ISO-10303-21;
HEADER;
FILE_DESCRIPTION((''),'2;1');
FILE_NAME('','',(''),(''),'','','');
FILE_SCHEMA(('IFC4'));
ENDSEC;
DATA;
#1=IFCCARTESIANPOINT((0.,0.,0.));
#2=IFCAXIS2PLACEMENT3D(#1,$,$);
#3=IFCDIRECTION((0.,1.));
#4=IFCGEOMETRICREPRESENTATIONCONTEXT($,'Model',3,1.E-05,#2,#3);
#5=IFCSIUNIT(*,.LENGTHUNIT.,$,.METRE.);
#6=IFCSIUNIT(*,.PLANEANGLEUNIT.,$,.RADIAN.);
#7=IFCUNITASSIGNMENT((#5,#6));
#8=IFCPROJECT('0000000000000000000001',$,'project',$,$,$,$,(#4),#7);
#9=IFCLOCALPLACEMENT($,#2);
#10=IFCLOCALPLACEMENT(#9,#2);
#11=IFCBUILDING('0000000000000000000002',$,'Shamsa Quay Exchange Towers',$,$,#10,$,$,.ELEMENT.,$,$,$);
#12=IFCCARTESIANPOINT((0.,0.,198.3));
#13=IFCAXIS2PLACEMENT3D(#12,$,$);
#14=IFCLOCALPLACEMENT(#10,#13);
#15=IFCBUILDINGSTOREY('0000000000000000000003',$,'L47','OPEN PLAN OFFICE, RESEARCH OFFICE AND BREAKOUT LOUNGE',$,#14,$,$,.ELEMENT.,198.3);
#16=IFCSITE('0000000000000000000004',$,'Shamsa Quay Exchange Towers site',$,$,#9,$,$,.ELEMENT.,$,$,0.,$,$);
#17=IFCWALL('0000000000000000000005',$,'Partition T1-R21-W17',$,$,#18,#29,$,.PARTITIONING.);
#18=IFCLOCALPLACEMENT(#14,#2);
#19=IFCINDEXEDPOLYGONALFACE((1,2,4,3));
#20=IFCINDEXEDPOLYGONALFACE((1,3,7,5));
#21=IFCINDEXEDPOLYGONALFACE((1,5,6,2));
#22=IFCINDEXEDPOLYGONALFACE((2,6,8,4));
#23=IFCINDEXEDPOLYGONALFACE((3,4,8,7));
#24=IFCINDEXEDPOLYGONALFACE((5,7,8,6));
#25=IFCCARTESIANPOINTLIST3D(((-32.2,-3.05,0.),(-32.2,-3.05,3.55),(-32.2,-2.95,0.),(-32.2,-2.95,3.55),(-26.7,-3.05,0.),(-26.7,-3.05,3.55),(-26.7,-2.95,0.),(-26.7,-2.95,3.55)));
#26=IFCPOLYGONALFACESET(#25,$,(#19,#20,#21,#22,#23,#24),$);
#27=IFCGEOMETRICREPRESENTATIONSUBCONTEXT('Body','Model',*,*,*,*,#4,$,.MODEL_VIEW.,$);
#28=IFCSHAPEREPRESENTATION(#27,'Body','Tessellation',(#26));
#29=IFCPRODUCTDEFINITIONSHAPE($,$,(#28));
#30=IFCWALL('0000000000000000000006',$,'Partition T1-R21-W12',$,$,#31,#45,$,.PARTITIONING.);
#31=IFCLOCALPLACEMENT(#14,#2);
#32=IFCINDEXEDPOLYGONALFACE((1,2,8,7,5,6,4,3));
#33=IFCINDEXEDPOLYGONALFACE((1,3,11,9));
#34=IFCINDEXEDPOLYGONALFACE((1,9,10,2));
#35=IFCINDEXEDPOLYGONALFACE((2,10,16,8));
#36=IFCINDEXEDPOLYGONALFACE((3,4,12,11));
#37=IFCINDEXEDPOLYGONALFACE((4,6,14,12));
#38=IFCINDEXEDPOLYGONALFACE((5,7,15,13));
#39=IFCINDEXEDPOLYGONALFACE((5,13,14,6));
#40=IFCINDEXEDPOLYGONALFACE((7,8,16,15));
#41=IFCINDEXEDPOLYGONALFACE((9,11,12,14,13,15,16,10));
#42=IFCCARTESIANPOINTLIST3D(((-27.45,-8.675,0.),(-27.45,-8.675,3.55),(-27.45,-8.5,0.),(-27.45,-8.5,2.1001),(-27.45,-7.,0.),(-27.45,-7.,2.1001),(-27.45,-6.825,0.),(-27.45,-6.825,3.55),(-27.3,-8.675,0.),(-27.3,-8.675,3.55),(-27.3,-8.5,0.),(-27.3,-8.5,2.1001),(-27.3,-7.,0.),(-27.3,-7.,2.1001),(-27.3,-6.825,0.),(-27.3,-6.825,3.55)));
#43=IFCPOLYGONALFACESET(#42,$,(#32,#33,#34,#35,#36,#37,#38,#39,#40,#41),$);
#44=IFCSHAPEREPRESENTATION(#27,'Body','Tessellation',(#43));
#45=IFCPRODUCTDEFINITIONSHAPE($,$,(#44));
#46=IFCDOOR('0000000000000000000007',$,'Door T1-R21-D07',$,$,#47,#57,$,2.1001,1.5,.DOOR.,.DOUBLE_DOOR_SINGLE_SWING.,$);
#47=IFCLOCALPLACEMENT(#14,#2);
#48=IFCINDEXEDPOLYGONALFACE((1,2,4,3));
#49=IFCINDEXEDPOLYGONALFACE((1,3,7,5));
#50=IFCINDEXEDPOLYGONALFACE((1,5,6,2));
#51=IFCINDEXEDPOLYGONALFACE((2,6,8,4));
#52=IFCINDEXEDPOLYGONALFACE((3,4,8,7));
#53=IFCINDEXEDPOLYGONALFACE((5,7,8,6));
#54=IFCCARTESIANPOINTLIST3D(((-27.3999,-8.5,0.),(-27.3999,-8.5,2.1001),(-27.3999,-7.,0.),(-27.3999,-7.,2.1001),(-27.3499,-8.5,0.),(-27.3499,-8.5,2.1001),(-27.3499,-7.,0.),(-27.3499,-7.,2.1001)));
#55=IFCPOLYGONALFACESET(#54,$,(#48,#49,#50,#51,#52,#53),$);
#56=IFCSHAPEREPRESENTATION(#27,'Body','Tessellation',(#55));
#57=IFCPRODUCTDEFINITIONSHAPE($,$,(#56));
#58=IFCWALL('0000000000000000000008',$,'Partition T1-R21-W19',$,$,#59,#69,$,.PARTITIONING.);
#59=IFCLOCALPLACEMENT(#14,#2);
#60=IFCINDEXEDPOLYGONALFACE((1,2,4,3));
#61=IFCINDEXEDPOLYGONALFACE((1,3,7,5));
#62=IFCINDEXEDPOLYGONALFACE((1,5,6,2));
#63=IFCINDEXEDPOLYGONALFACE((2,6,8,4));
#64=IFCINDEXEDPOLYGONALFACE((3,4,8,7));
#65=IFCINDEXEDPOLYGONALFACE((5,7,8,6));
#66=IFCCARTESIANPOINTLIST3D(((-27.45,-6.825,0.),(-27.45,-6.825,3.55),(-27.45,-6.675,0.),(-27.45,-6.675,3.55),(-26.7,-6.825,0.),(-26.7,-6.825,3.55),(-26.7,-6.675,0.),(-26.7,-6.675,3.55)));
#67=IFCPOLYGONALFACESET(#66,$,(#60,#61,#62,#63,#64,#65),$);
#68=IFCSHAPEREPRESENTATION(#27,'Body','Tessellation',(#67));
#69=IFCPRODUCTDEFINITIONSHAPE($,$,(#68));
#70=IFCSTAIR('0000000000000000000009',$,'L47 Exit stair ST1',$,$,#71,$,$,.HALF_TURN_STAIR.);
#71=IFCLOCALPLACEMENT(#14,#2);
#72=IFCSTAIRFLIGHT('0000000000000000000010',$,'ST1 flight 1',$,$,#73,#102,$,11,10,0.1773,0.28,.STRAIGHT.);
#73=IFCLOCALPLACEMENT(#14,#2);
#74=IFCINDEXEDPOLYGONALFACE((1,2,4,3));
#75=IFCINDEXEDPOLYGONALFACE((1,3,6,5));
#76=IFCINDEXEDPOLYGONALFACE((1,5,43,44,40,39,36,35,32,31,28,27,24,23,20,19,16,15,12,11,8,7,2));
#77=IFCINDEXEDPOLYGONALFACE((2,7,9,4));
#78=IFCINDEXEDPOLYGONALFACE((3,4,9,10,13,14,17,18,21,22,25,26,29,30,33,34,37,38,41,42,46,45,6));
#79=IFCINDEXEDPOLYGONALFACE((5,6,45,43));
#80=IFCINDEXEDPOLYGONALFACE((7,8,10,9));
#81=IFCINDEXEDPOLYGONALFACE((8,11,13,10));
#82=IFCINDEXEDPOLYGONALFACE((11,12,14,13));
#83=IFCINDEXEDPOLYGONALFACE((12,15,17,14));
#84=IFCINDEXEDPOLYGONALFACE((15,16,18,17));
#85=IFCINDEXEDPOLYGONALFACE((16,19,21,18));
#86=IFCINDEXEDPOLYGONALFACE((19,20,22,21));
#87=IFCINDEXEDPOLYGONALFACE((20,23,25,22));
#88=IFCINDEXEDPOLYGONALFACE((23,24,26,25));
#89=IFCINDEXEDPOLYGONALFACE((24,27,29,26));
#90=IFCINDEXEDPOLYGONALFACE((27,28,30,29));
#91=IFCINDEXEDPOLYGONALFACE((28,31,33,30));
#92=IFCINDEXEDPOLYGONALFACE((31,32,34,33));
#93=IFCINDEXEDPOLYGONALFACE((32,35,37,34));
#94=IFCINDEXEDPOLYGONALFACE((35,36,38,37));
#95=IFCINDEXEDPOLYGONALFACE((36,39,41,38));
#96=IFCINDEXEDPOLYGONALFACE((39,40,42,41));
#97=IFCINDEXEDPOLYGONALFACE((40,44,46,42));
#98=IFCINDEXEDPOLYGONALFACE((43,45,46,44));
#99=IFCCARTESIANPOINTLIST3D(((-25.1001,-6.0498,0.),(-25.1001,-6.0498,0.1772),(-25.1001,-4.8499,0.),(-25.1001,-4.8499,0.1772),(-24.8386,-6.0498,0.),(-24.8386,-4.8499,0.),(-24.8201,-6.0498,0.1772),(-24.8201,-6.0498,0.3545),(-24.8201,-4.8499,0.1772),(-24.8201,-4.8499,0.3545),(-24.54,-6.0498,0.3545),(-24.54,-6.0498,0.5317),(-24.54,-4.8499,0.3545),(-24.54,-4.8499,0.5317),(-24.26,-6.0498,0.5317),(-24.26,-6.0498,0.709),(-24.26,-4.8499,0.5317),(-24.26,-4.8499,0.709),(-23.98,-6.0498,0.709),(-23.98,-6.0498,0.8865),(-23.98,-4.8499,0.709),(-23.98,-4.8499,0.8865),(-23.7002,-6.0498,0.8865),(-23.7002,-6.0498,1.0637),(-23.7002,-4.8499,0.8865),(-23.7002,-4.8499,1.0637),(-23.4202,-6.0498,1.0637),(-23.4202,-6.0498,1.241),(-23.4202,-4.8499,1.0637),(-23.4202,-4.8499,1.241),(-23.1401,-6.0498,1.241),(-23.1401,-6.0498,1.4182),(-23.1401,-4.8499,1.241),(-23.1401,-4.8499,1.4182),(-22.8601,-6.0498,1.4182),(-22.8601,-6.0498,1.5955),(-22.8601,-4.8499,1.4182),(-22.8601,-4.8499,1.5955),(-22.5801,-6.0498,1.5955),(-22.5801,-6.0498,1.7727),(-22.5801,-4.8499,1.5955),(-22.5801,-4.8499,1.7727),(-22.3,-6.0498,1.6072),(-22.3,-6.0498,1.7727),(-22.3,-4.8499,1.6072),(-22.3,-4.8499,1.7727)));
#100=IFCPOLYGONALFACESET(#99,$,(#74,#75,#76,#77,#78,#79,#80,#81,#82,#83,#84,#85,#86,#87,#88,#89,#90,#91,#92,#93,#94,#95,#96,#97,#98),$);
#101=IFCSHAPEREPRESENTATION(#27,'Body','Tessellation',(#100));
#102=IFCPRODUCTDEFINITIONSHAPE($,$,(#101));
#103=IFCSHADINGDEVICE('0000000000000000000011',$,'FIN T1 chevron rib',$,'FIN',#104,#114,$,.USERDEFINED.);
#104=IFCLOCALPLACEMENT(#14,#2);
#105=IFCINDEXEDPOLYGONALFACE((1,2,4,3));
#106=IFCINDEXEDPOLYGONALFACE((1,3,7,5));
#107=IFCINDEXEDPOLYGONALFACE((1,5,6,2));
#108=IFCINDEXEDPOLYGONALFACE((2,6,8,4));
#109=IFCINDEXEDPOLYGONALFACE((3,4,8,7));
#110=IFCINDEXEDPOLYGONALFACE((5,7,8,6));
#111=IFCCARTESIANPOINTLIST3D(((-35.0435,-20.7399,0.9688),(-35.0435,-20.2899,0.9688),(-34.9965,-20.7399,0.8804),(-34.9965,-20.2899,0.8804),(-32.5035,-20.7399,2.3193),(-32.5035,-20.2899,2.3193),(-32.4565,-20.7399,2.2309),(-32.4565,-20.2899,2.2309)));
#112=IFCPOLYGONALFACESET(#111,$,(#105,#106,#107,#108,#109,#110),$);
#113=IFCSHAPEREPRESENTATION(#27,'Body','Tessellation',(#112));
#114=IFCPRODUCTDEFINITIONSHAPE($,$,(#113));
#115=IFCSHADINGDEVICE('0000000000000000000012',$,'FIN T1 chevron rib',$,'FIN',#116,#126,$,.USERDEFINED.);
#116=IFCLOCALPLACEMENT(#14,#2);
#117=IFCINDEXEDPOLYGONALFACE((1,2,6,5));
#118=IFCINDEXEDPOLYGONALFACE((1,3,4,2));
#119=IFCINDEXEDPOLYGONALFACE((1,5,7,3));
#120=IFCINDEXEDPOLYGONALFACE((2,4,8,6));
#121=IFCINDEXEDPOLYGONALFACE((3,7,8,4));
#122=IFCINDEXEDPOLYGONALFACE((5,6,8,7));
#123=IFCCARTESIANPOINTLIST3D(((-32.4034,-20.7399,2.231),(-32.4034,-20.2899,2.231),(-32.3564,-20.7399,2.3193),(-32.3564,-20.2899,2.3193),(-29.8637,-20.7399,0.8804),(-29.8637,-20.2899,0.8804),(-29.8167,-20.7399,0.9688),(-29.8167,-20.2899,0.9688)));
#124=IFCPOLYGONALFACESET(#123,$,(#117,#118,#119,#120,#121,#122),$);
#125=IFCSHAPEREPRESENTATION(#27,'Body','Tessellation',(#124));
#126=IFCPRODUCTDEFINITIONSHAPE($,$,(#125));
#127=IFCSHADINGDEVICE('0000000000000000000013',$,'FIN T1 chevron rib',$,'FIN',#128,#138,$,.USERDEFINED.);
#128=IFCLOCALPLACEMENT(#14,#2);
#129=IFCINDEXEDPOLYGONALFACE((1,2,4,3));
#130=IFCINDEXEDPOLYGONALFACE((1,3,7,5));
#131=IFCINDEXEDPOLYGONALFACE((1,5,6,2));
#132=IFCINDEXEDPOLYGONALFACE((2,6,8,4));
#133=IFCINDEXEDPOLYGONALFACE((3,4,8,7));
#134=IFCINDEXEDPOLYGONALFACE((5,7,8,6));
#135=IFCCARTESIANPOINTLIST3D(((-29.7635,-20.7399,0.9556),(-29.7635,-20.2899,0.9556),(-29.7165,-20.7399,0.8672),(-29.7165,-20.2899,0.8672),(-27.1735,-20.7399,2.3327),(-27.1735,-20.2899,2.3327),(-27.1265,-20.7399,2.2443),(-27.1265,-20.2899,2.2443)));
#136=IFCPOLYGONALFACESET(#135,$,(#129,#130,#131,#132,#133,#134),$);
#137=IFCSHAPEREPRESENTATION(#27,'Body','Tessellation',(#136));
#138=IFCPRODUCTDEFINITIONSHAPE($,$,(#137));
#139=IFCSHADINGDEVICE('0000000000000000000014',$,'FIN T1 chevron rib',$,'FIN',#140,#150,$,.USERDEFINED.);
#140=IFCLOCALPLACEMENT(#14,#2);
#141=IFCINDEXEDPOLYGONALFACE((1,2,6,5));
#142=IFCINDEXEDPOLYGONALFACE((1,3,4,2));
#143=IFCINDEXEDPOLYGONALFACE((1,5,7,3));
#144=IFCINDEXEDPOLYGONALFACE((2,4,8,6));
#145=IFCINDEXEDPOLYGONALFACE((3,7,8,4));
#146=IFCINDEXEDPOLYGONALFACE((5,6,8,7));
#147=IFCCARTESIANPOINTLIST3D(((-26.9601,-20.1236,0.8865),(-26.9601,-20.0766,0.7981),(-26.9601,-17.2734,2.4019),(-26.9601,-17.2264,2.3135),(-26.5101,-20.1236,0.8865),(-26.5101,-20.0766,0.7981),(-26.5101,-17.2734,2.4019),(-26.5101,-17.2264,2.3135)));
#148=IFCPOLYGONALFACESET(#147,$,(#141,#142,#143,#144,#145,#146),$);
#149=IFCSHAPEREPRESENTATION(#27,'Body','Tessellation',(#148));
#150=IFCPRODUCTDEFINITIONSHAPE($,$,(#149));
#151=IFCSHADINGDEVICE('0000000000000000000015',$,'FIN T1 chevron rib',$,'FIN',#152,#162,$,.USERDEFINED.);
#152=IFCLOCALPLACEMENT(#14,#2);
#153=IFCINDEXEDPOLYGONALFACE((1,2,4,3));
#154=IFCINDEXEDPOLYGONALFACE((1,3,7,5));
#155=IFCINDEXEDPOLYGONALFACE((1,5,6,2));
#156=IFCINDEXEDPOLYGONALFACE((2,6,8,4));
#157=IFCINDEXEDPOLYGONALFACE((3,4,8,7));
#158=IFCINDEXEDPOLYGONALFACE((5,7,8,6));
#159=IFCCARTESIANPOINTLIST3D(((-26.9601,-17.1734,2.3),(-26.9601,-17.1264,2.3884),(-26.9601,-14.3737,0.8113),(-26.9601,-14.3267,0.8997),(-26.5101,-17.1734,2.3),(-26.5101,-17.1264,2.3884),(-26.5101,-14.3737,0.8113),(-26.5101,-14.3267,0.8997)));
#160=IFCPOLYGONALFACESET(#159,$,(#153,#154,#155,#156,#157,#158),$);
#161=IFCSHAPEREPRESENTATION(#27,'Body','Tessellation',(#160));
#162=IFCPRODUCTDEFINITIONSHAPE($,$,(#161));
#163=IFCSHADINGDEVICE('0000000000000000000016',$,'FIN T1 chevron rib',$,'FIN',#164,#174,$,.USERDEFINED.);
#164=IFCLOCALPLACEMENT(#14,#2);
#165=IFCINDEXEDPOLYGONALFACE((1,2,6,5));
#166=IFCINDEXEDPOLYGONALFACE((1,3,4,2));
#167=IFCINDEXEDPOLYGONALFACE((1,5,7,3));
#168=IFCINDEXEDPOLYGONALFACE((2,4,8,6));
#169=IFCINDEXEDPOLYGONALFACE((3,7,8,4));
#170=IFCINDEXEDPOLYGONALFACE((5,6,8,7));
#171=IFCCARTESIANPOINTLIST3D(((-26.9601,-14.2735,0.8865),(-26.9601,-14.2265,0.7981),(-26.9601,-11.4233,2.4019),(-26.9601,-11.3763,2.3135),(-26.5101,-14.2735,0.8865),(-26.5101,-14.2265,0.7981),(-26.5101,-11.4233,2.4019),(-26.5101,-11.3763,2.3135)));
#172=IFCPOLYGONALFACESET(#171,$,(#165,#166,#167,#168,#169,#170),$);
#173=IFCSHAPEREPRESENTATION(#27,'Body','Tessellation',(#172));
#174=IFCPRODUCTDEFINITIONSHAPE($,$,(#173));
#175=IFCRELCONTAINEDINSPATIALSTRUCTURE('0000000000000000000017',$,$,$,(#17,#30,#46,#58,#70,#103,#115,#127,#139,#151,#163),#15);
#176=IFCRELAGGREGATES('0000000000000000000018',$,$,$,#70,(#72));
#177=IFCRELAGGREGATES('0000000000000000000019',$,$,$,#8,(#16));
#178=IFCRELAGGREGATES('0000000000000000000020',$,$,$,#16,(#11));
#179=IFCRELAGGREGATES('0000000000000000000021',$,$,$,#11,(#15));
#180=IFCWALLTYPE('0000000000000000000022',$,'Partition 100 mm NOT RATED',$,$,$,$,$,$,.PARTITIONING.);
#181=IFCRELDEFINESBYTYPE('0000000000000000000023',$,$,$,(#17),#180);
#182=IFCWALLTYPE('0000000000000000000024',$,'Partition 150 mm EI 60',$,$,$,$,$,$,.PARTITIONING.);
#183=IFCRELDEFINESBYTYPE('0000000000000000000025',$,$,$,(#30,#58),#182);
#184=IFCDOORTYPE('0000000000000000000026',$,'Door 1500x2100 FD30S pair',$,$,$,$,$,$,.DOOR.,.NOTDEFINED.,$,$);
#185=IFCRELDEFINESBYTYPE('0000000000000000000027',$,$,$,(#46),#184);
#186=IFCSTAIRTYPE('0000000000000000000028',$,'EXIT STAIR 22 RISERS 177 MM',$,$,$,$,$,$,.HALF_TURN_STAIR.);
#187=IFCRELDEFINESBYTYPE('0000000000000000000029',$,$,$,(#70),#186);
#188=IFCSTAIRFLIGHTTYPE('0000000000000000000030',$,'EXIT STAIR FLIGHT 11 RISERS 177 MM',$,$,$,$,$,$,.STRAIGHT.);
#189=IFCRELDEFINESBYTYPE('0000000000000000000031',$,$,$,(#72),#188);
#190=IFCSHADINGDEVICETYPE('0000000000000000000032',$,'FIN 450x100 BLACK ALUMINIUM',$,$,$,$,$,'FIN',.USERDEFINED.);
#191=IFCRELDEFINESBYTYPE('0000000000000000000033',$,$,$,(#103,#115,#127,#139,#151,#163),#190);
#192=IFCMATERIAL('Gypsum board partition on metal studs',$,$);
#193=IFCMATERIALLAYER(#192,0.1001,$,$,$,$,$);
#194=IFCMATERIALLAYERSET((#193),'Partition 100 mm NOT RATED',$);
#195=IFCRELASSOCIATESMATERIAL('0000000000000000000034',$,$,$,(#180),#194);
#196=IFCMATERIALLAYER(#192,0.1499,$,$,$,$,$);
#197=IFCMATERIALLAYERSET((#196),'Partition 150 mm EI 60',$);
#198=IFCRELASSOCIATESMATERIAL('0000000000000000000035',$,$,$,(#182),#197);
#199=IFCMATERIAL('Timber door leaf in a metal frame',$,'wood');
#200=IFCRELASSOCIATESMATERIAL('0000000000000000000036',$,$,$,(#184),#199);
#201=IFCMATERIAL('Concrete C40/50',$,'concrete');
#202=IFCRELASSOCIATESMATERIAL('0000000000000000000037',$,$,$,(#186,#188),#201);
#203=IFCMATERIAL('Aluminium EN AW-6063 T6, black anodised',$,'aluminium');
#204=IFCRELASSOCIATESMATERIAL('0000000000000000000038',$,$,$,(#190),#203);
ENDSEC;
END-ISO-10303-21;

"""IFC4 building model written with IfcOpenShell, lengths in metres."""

from ifc_helpers import new_model, si_unit, direction, frame, frame_2d, origin, origin_2d, place, context, subcontext, project, spatial, polyline, rectangle, outline, extrude, material, layer, layer_set, material_profile, profile_set, type_object, element, fill, aggregate, save


model = new_model("IFC4")

# Units and contexts
model_context = context("Model", 3, precision=1e-05, world=origin(), true_north=direction((0.0, 1.0)))
body_context = subcontext(model_context, "Body", "Model", "MODEL_VIEW")
ifc_project = project(units=[si_unit("LENGTHUNIT", "METRE"), si_unit("PLANEANGLEUNIT", "RADIAN")], contexts=[model_context])

# Site, building, storey
site_placement = place(None, origin())
site = spatial("IfcSite", under=ifc_project, at=site_placement, Name="Shamsa Quay Exchange Towers site", CompositionType="ELEMENT", RefElevation=0.0)
building_placement = place(site_placement, origin())
building = spatial("IfcBuilding", under=site, at=building_placement, Name="Shamsa Quay Exchange Towers", CompositionType="ELEMENT")
storey_placement = place(building_placement, frame((0.0, 0.0, 198.3)))
storey = spatial("IfcBuildingStorey", under=building, at=storey_placement, Name="L47", Description="OPEN PLAN OFFICE, RESEARCH OFFICE AND BREAKOUT LOUNGE", CompositionType="ELEMENT", Elevation=198.3)

# Shared definitions
ifc_material_1 = material(Name="Aluminium EN AW-6063 T6, black anodised", Category="aluminium")

# Shared definitions
ifc_material_2 = material(Name="Gypsum board partition on metal studs")
ifc_layer_1 = layer(ifc_material_2, 0.1001)
ifc_layer_set_1 = layer_set([ifc_layer_1], Name="Partition 100 mm NOT RATED")
wall_type_1 = type_object("IfcWallType", Name="Partition 100 mm NOT RATED", PredefinedType="PARTITIONING", material=ifc_layer_set_1)
ifc_material_3 = material(Name="Timber door leaf in a metal frame", Category="wood")

# Wall
wall_1_placement = place(storey_placement, frame((-26.7, -3.0, 0.0), z_axis=(0.0, 0.0, 1.0), x_axis=(-1.0, 0.0, 0.0)))
element("IfcWall", 1, at=wall_1_placement, inside=storey, type_object=wall_type_1, Name="Partition T1-R21-W17", PredefinedType="PARTITIONING", context=body_context, shape_type="SweptSolid", body=[
    extrude(rectangle(XDim=5.5, YDim=0.1001, at=frame_2d((2.75, 0.0))), origin(), (0.0, 0.0, 1.0), 3.55),
])

# Wall, opening, door
ifc_layer_2 = layer(ifc_material_2, 0.1499)
ifc_layer_set_2 = layer_set([ifc_layer_2], Name="Partition 150 mm EI 60")
wall_type_2 = type_object("IfcWallType", Name="Partition 150 mm EI 60", PredefinedType="PARTITIONING", material=ifc_layer_set_2)
wall_2_placement = place(storey_placement, frame((-27.375, -8.675, 0.0), z_axis=(0.0, 0.0, 1.0), x_axis=(0.0, 1.0, 0.0)))
wall_2 = element("IfcWall", 2, at=wall_2_placement, inside=storey, type_object=wall_type_2, Name="Partition T1-R21-W12", PredefinedType="PARTITIONING", context=body_context, shape_type="SweptSolid", body=[
    extrude(rectangle(XDim=1.8501, YDim=0.1499, at=frame_2d((0.925, 0.0))), origin(), (0.0, 0.0, 1.0), 3.55),
])
opening_1_placement = place(wall_2_placement, frame((0.175, 0.0, 0.0)))
opening_1 = element("IfcOpeningElement", 3, at=opening_1_placement, cuts=wall_2, PredefinedType="OPENING", context=body_context, shape_type="SweptSolid", body=[
    extrude(rectangle(XDim=1.5, YDim=2.1001, at=frame_2d((0.75, 1.05))), frame((0.0, 0.085, 0.0), z_axis=(0.0, -1.0, 0.0), x_axis=(1.0, 0.0, 0.0)), (0.0, 0.0, 1.0), 0.1699),
])
door_type_1 = type_object("IfcDoorType", Name="Door 1500x2100 FD30S pair", OperationType="NOTDEFINED", PredefinedType="DOOR", material=ifc_material_3)
door_1_placement = place(opening_1_placement, origin())
door_1 = element("IfcDoor", 4, at=door_1_placement, inside=storey, type_object=door_type_1, Name="Door T1-R21-D07", OperationType="DOUBLE_DOOR_SINGLE_SWING", OverallHeight=2.1001, OverallWidth=1.5, PredefinedType="DOOR", context=body_context, shape_type="SweptSolid", body=[
    extrude(rectangle(XDim=1.5, YDim=2.1001, at=frame_2d((0.75, 1.05))), frame((0.0, 0.0249, 0.0), z_axis=(0.0, -1.0, 0.0), x_axis=(1.0, 0.0, 0.0)), (0.0, 0.0, 1.0), 0.05),
])
fill(opening_1, door_1)

# Wall
wall_3_placement = place(storey_placement, frame((-27.45, -6.75, 0.0)))
element("IfcWall", 5, at=wall_3_placement, inside=storey, type_object=wall_type_2, Name="Partition T1-R21-W19", PredefinedType="PARTITIONING", context=body_context, shape_type="SweptSolid", body=[
    extrude(rectangle(XDim=0.75, YDim=0.1499, at=frame_2d((0.375, 0.0))), origin(), (0.0, 0.0, 1.0), 3.55),
])

# Stair, stair flight
ifc_material_4 = material(Name="Concrete C40/50", Category="concrete")
stair_type = type_object("IfcStairType", Name="EXIT STAIR 22 RISERS 177 MM", PredefinedType="HALF_TURN_STAIR", material=ifc_material_4)
stair_placement = place(storey_placement, origin())
stair = element("IfcStair", 6, at=stair_placement, inside=storey, type_object=stair_type, Name="L47 Exit stair ST1", PredefinedType="HALF_TURN_STAIR")
stair_flight_type = type_object("IfcStairFlightType", Name="EXIT STAIR FLIGHT 11 RISERS 177 MM", PredefinedType="STRAIGHT", material=ifc_material_4)
stair_flight_placement = place(storey_placement, frame((-25.1001, -5.45, 0.0)))
stair_flight = element("IfcStairFlight", 7, at=stair_flight_placement, type_object=stair_flight_type, Name="ST1 flight 1", NumberOfRisers=11, NumberOfTreads=10, PredefinedType="STRAIGHT", RiserHeight=0.1773, TreadLength=0.28, context=body_context, shape_type="SweptSolid", body=[
    extrude(outline(polyline([(0.0, 0.0), (0.0, 0.1772), (0.28, 0.1772), (0.28, 0.3545), (0.5601, 0.3545), (0.5601, 0.5317), (0.8401, 0.5317), (0.8401, 0.709), (1.1201, 0.709), (1.1201, 0.8865), (1.3999, 0.8865), (1.3999, 1.0637), (1.6799, 1.0637), (1.6799, 1.241), (1.96, 1.241), (1.96, 1.4182), (2.24, 1.4182), (2.24, 1.5955), (2.52, 1.5955), (2.52, 1.7727), (2.8, 1.7727), (2.8, 1.95), (2.8, 1.6072), (0.2615, 0.0), (0.0, 0.0)])), frame((0.0, 0.6001, 0.0), z_axis=(0.0, -1.0, 0.0), x_axis=(1.0, 0.0, 0.0)), (0.0, 0.0, 1.0), 1.2),
])
aggregate(stair, [stair_flight])

# Shading devices
ifc_material_profile_1 = material_profile(ifc_material_1, rectangle(XDim=0.45, YDim=0.1001, at=origin_2d()), Name="FIN450x100")
ifc_profile_set_1 = profile_set([ifc_material_profile_1], Name="Aluminium EN AW-6063 T6, black anodised")
shading_device_type = type_object("IfcShadingDeviceType", Name="FIN 450x100 BLACK ALUMINIUM", ElementType="FIN", PredefinedType="USERDEFINED", material=ifc_profile_set_1)
shading_device_1_placement = place(storey_placement, frame((-35.02, -20.5149, 0.9246), z_axis=(0.882944, 0.0, 0.469478), x_axis=(0.0, 1.0, 0.0)))
element("IfcShadingDevice", 8, at=shading_device_1_placement, inside=storey, type_object=shading_device_type, Name="FIN T1 chevron rib", ObjectType="FIN", PredefinedType="USERDEFINED", context=body_context, shape_type="SweptSolid", body=[
    extrude(rectangle(XDim=0.45, YDim=0.1001, at=origin_2d()), origin(), (0.0, 0.0, 1.0), 2.8767),
])
shading_device_2_placement = place(storey_placement, frame((-32.3799, -20.5149, 2.2751), z_axis=(0.882926, 0.0, -0.469513), x_axis=(0.0, 1.0, 0.0)))
element("IfcShadingDevice", 9, at=shading_device_2_placement, inside=storey, type_object=shading_device_type, Name="FIN T1 chevron rib", ObjectType="FIN", PredefinedType="USERDEFINED", context=body_context, shape_type="SweptSolid", body=[
    extrude(rectangle(XDim=0.45, YDim=0.1001, at=origin_2d()), origin(), (0.0, 0.0, 1.0), 2.8765),
])
shading_device_3_placement = place(storey_placement, frame((-29.74, -20.5149, 0.9114), z_axis=(0.882944, 0.0, 0.469478), x_axis=(0.0, 1.0, 0.0)))
element("IfcShadingDevice", 10, at=shading_device_3_placement, inside=storey, type_object=shading_device_type, Name="FIN T1 chevron rib", ObjectType="FIN", PredefinedType="USERDEFINED", context=body_context, shape_type="SweptSolid", body=[
    extrude(rectangle(XDim=0.45, YDim=0.1001, at=origin_2d()), origin(), (0.0, 0.0, 1.0), 2.9333),
])
shading_device_4_placement = place(storey_placement, frame((-26.7351, -20.1001, 0.8423), z_axis=(0.0, 0.882953, 0.469461), x_axis=(-1.0, 0.0, 0.0)))
element("IfcShadingDevice", 11, at=shading_device_4_placement, inside=storey, type_object=shading_device_type, Name="FIN T1 chevron rib", ObjectType="FIN", PredefinedType="USERDEFINED", context=body_context, shape_type="SweptSolid", body=[
    extrude(rectangle(XDim=0.45, YDim=0.1001, at=origin_2d()), origin(), (0.0, 0.0, 1.0), 3.228),
])
shading_device_5_placement = place(storey_placement, frame((-26.7351, -17.1499, 2.3442), z_axis=(0.0, 0.882936, -0.469493), x_axis=(-1.0, 0.0, 0.0)))
element("IfcShadingDevice", 12, at=shading_device_5_placement, inside=storey, type_object=shading_device_type, Name="FIN T1 chevron rib", ObjectType="FIN", PredefinedType="USERDEFINED", context=body_context, shape_type="SweptSolid", body=[
    extrude(rectangle(XDim=0.45, YDim=0.1001, at=origin_2d()), origin(), (0.0, 0.0, 1.0), 3.1709),
])
shading_device_6_placement = place(storey_placement, frame((-26.7351, -14.25, 0.8423), z_axis=(0.0, 0.882953, 0.469461), x_axis=(-1.0, 0.0, 0.0)))
element("IfcShadingDevice", 13, at=shading_device_6_placement, inside=storey, type_object=shading_device_type, Name="FIN T1 chevron rib", ObjectType="FIN", PredefinedType="USERDEFINED", context=body_context, shape_type="SweptSolid", body=[
    extrude(rectangle(XDim=0.45, YDim=0.1001, at=origin_2d()), origin(), (0.0, 0.0, 1.0), 3.228),
])

save(model, "model.ifc")
